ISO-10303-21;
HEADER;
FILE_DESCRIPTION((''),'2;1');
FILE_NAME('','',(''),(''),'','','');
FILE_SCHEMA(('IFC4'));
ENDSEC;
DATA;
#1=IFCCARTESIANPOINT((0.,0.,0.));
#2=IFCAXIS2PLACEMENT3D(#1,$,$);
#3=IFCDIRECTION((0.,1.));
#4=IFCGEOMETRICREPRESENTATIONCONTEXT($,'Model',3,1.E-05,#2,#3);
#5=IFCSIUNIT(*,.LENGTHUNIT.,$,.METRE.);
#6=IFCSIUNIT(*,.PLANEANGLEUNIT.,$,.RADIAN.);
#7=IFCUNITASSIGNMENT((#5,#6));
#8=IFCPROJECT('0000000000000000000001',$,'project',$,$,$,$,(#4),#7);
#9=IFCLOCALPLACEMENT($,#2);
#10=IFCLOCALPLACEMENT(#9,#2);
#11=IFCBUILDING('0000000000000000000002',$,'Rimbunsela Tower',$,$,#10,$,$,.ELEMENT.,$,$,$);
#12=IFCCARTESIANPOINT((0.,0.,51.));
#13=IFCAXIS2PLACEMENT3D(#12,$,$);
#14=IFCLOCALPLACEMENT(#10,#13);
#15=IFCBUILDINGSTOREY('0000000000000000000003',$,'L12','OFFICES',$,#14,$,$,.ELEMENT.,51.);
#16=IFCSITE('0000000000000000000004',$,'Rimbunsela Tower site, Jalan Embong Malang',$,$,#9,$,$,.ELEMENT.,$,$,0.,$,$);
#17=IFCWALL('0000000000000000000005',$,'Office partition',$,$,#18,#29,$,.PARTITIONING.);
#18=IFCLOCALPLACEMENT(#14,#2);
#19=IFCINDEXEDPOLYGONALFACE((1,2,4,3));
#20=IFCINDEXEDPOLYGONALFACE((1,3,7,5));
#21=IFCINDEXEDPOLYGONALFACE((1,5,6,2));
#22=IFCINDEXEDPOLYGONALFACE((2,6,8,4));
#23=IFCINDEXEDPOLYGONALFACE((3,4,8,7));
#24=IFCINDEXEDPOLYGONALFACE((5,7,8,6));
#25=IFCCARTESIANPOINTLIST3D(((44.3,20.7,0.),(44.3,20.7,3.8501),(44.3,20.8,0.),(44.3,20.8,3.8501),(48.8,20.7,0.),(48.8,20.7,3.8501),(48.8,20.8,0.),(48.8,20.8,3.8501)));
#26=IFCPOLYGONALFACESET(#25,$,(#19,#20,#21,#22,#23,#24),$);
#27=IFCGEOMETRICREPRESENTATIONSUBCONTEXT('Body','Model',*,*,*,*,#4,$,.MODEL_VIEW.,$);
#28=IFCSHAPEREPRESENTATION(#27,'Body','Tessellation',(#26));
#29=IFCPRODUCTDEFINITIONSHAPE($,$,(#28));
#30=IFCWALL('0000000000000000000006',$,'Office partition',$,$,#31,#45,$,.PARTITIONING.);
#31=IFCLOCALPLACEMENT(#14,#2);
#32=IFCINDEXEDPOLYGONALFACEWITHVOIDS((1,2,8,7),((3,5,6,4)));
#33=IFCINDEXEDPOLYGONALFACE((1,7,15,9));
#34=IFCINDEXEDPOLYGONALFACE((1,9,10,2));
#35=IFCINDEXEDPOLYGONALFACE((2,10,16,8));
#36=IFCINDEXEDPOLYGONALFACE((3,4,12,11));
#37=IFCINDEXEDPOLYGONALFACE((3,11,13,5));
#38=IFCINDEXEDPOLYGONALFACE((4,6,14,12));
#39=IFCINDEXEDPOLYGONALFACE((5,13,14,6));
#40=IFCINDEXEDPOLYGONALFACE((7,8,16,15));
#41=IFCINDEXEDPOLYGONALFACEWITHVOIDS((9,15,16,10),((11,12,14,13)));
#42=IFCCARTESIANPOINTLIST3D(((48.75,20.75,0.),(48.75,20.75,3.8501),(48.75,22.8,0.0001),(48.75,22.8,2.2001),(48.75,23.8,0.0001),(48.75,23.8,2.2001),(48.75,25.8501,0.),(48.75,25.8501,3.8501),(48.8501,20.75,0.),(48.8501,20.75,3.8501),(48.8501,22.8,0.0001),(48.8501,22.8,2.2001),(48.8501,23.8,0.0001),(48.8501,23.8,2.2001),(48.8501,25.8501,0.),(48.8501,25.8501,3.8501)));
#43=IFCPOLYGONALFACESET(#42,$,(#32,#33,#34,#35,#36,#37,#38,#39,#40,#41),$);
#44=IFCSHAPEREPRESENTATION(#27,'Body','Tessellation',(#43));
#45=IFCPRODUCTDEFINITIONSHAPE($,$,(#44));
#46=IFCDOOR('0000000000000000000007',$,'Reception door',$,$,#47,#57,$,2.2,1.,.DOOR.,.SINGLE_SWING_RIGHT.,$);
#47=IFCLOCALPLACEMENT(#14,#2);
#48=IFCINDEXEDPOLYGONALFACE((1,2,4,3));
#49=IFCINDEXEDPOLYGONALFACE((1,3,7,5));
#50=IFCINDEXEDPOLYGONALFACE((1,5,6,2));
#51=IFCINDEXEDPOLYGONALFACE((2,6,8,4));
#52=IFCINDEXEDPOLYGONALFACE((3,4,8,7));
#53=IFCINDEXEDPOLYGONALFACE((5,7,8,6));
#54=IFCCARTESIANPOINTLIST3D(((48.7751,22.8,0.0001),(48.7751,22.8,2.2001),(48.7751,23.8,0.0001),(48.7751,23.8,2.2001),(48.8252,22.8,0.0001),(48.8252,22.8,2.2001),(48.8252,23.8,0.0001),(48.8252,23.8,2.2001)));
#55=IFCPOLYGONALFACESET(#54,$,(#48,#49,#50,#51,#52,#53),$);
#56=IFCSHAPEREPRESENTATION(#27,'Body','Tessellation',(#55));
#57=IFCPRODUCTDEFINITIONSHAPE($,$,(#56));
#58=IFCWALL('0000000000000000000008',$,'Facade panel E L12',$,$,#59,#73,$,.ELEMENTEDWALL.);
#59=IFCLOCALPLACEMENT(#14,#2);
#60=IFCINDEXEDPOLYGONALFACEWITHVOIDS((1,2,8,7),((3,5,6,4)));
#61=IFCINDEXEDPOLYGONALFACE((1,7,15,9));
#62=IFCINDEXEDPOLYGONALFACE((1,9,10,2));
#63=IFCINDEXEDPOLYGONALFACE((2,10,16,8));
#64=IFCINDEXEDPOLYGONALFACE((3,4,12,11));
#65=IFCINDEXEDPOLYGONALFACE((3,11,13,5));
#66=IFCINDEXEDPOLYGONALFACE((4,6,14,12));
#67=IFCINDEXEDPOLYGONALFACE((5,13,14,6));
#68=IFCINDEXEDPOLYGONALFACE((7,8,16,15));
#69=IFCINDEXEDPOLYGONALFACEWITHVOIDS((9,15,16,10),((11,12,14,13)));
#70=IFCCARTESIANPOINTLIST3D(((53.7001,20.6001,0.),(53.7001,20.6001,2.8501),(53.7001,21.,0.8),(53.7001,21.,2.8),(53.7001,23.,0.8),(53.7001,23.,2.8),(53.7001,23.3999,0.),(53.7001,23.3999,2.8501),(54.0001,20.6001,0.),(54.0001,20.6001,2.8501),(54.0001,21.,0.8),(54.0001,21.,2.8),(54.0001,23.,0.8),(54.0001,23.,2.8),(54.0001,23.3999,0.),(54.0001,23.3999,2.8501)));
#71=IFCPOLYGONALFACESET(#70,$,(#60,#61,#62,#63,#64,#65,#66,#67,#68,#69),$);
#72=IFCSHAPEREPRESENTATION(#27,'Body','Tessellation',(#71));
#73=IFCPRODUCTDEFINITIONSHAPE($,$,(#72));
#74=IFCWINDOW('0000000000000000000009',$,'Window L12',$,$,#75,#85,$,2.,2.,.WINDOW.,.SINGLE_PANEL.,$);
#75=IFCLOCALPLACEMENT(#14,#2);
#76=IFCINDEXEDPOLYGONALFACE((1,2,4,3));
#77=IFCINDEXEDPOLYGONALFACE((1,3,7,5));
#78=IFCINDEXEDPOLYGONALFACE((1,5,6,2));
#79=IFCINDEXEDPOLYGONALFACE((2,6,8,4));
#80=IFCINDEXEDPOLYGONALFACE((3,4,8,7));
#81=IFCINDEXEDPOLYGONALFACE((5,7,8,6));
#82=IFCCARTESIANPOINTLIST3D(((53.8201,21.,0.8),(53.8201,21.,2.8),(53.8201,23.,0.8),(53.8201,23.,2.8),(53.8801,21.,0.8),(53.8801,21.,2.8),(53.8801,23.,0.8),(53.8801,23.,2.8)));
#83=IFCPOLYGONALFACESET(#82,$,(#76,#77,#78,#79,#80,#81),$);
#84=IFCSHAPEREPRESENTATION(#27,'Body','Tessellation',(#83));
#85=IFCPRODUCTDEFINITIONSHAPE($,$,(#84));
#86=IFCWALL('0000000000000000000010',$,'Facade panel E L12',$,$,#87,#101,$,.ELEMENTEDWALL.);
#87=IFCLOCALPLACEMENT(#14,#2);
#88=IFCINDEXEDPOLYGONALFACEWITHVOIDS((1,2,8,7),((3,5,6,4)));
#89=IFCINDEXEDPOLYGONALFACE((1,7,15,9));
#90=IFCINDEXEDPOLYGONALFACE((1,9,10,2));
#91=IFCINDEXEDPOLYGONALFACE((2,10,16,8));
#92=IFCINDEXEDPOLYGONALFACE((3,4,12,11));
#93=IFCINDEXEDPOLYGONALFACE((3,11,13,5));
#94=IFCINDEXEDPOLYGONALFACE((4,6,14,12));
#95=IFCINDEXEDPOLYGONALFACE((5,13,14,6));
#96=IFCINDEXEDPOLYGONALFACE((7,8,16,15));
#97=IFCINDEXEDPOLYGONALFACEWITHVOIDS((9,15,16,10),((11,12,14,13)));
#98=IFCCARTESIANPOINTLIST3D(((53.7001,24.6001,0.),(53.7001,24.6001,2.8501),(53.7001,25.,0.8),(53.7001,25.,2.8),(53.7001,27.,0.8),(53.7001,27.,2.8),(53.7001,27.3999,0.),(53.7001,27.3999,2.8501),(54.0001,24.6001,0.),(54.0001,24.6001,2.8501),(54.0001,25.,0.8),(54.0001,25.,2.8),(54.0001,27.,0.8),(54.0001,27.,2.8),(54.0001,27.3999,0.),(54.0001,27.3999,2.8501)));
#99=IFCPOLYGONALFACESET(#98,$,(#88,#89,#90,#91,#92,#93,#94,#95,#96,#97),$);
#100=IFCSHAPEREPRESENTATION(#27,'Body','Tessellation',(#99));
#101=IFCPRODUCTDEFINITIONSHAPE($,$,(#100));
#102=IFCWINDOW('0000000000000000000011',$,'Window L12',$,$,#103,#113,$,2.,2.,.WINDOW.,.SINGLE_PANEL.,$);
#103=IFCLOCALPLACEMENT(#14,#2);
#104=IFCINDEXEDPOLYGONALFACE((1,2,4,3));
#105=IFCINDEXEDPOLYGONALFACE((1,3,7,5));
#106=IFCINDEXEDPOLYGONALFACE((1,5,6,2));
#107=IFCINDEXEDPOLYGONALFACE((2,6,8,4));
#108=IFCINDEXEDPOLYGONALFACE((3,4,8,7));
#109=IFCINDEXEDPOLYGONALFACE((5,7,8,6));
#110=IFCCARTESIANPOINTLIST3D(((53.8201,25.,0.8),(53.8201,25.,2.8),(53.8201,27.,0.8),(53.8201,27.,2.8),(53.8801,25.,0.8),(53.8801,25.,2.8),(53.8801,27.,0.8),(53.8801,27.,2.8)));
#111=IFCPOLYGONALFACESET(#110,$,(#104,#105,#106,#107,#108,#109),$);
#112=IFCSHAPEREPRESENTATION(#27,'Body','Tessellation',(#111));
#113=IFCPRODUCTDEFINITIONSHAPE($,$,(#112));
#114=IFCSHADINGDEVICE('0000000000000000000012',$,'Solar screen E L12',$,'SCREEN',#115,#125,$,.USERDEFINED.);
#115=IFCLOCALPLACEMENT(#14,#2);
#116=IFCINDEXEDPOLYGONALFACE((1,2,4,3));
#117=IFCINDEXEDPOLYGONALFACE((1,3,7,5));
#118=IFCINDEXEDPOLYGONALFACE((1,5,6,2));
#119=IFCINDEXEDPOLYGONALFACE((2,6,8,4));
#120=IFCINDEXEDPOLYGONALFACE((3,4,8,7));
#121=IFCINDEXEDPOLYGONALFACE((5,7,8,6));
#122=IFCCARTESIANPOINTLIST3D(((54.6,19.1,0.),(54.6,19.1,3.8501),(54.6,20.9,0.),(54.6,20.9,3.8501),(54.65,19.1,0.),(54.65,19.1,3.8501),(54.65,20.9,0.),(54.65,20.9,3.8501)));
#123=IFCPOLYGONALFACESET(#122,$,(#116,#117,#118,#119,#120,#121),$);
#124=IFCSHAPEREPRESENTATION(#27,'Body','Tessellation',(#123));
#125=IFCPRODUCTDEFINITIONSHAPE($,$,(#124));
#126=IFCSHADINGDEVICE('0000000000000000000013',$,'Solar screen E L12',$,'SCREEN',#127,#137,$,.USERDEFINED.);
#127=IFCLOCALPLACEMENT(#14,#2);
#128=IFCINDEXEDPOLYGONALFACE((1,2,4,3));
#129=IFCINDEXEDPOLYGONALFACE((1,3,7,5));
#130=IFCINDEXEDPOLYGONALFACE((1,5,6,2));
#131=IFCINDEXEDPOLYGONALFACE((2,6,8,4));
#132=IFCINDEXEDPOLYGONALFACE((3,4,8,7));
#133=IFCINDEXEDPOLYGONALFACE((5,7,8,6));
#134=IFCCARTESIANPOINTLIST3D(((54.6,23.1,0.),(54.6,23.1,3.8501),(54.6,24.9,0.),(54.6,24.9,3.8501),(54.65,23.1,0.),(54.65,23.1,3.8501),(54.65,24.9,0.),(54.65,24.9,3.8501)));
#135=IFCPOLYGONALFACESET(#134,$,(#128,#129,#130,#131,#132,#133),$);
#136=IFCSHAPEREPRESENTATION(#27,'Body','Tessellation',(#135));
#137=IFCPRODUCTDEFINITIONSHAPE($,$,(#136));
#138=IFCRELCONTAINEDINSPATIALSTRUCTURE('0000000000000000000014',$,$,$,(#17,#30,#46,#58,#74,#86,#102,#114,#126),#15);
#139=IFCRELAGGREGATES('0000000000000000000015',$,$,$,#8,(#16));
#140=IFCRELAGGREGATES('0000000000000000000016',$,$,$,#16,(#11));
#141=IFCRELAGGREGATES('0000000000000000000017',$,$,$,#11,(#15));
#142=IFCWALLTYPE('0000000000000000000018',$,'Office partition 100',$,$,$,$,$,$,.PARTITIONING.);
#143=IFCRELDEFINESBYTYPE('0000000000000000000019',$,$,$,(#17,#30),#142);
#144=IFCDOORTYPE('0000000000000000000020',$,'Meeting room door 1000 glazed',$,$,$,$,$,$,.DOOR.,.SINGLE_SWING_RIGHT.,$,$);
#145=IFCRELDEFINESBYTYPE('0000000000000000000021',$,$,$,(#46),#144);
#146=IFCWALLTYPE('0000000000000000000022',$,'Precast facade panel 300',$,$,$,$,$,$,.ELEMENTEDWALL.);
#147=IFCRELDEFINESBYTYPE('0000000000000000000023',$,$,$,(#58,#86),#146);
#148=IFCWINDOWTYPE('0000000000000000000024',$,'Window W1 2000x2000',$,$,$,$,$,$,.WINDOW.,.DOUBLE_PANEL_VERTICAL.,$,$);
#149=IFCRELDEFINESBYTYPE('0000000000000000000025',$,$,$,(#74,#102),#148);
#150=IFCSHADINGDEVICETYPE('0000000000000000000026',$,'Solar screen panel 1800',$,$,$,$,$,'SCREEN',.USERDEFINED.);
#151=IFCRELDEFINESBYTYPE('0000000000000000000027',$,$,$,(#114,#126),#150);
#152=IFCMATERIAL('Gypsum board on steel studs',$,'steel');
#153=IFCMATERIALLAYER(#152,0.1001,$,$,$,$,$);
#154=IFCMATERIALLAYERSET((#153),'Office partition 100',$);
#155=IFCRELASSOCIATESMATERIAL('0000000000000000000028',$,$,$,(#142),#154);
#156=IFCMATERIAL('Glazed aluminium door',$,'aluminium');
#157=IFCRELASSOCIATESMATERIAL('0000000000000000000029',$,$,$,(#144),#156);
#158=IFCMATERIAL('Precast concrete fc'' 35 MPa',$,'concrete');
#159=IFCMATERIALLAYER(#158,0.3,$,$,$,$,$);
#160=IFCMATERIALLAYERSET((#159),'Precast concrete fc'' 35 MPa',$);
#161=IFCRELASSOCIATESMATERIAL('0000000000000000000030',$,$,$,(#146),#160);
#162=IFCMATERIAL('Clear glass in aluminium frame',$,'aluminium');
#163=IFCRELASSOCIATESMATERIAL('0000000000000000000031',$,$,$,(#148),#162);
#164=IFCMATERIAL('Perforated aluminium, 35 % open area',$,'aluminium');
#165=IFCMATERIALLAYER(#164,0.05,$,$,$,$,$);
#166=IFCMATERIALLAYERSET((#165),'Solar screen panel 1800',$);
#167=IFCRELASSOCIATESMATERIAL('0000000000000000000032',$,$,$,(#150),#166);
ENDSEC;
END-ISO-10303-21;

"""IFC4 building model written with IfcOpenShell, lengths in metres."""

from ifc_helpers import new_model, si_unit, direction, frame, frame_2d, origin, origin_2d, place, context, subcontext, project, spatial, rectangle, extrude, material, layer, layer_set, type_object, element, fill, save


model = new_model("IFC4")

# Units and contexts
model_context = context("Model", 3, precision=1e-05, world=origin(), true_north=direction((0.0, 1.0)))
body_context = subcontext(model_context, "Body", "Model", "MODEL_VIEW")
ifc_project = project(units=[si_unit("LENGTHUNIT", "METRE"), si_unit("PLANEANGLEUNIT", "RADIAN")], contexts=[model_context])

# Site, building, storey
site_placement = place(None, origin())
site = spatial("IfcSite", under=ifc_project, at=site_placement, Name="Rimbunsela Tower site, Jalan Embong Malang", CompositionType="ELEMENT", RefElevation=0.0)
building_placement = place(site_placement, origin())
building = spatial("IfcBuilding", under=site, at=building_placement, Name="Rimbunsela Tower", CompositionType="ELEMENT")
storey_placement = place(building_placement, frame((0.0, 0.0, 51.0)))
storey = spatial("IfcBuildingStorey", under=building, at=storey_placement, Name="L12", Description="OFFICES", CompositionType="ELEMENT", Elevation=51.0)

# Wall
ifc_material_1 = material(Name="Gypsum board on steel studs", Category="steel")
ifc_layer_1 = layer(ifc_material_1, 0.1001)
ifc_layer_set_1 = layer_set([ifc_layer_1], Name="Office partition 100")
wall_type_1 = type_object("IfcWallType", Name="Office partition 100", PredefinedType="PARTITIONING", material=ifc_layer_set_1)
wall_1_placement = place(storey_placement, frame((44.3, 20.75, 0.0), z_axis=(0.0, 0.0, 1.0), x_axis=(1.0, 0.0, 0.0)))
element("IfcWall", 1, at=wall_1_placement, inside=storey, type_object=wall_type_1, Name="Office partition", PredefinedType="PARTITIONING", context=body_context, shape_type="SweptSolid", body=[
    extrude(rectangle(XDim=4.5, YDim=0.1001, at=frame_2d((2.25, 0.0))), origin(), (0.0, 0.0, 1.0), 3.8501),
])

# Wall, opening, door
wall_2_placement = place(storey_placement, frame((48.8, 20.75, 0.0), z_axis=(0.0, 0.0, 1.0), x_axis=(0.0, 1.0, 0.0)))
wall_2 = element("IfcWall", 2, at=wall_2_placement, inside=storey, type_object=wall_type_1, Name="Office partition", PredefinedType="PARTITIONING", context=body_context, shape_type="SweptSolid", body=[
    extrude(rectangle(XDim=5.1001, YDim=0.1001, at=frame_2d((2.55, 0.0))), origin(), (0.0, 0.0, 1.0), 3.8501),
])
opening_1_placement = place(wall_2_placement, frame((2.05, 0.0, 0.0)))
opening_1 = element("IfcOpeningElement", 3, at=opening_1_placement, cuts=wall_2, PredefinedType="OPENING", context=body_context, shape_type="SweptSolid", body=[
    extrude(rectangle(XDim=1.0, YDim=2.2, at=frame_2d((0.5, 1.1001))), frame((0.0, 0.0601, 0.0), z_axis=(0.0, -1.0, 0.0), x_axis=(1.0, 0.0, 0.0)), (0.0, 0.0, 1.0), 0.1201),
])
ifc_material_2 = material(Name="Glazed aluminium door", Category="aluminium")
door_type = type_object("IfcDoorType", Name="Meeting room door 1000 glazed", OperationType="SINGLE_SWING_RIGHT", PredefinedType="DOOR", material=ifc_material_2)
door_placement = place(opening_1_placement, origin())
door = element("IfcDoor", 4, at=door_placement, inside=storey, type_object=door_type, Name="Reception door", OperationType="SINGLE_SWING_RIGHT", OverallHeight=2.2, OverallWidth=1.0, PredefinedType="DOOR", context=body_context, shape_type="SweptSolid", body=[
    extrude(rectangle(XDim=1.0, YDim=2.2, at=frame_2d((0.5, 1.1001))), frame((0.0, 0.0249, 0.0), z_axis=(0.0, -1.0, 0.0), x_axis=(1.0, 0.0, 0.0)), (0.0, 0.0, 1.0), 0.05),
])
fill(opening_1, door)

# Walls, openings, windows
ifc_material_3 = material(Name="Precast concrete fc' 35 MPa", Category="concrete")
ifc_layer_2 = layer(ifc_material_3, 0.3)
ifc_layer_set_2 = layer_set([ifc_layer_2], Name="Precast concrete fc' 35 MPa")
wall_type_2 = type_object("IfcWallType", Name="Precast facade panel 300", PredefinedType="ELEMENTEDWALL", material=ifc_layer_set_2)
wall_3_placement = place(storey_placement, frame((53.8501, 20.6001, 0.0), z_axis=(0.0, 0.0, 1.0), x_axis=(0.0, 1.0, 0.0)))
wall_3 = element("IfcWall", 5, at=wall_3_placement, inside=storey, type_object=wall_type_2, Name="Facade panel E L12", PredefinedType="ELEMENTEDWALL", context=body_context, shape_type="SweptSolid", body=[
    extrude(rectangle(XDim=2.7998, YDim=0.3, at=frame_2d((1.3999, 0.0))), origin(), (0.0, 0.0, 1.0), 2.8501),
])
opening_2_placement = place(wall_3_placement, frame((0.3999, 0.0, 0.8)))
opening_2 = element("IfcOpeningElement", 6, at=opening_2_placement, cuts=wall_3, PredefinedType="OPENING", context=body_context, shape_type="SweptSolid", body=[
    extrude(rectangle(XDim=2.0, YDim=2.0, at=frame_2d((1.0, 1.0))), frame((0.0, 0.1599, 0.0), z_axis=(0.0, -1.0, 0.0), x_axis=(1.0, 0.0, 0.0)), (0.0, 0.0, 1.0), 0.3201),
])
ifc_material_4 = material(Name="Clear glass in aluminium frame", Category="aluminium")
window_type = type_object("IfcWindowType", Name="Window W1 2000x2000", PartitioningType="DOUBLE_PANEL_VERTICAL", PredefinedType="WINDOW", material=ifc_material_4)
window_1_placement = place(opening_2_placement, origin())
window_1 = element("IfcWindow", 7, at=window_1_placement, inside=storey, type_object=window_type, Name="Window L12", OverallHeight=2.0, OverallWidth=2.0, PartitioningType="SINGLE_PANEL", PredefinedType="WINDOW", context=body_context, shape_type="SweptSolid", body=[
    extrude(rectangle(XDim=2.0, YDim=2.0, at=frame_2d((1.0, 1.0))), frame((0.0, 0.03, 0.0), z_axis=(0.0, -1.0, 0.0), x_axis=(1.0, 0.0, 0.0)), (0.0, 0.0, 1.0), 0.0601),
])
fill(opening_2, window_1)
wall_4_placement = place(storey_placement, frame((53.8501, 24.6001, 0.0), z_axis=(0.0, 0.0, 1.0), x_axis=(0.0, 1.0, 0.0)))
wall_4 = element("IfcWall", 8, at=wall_4_placement, inside=storey, type_object=wall_type_2, Name="Facade panel E L12", PredefinedType="ELEMENTEDWALL", context=body_context, shape_type="SweptSolid", body=[
    extrude(rectangle(XDim=2.7998, YDim=0.3, at=frame_2d((1.3999, 0.0))), origin(), (0.0, 0.0, 1.0), 2.8501),
])
opening_3_placement = place(wall_4_placement, frame((0.3999, 0.0, 0.8)))
opening_3 = element("IfcOpeningElement", 9, at=opening_3_placement, cuts=wall_4, PredefinedType="OPENING", context=body_context, shape_type="SweptSolid", body=[
    extrude(rectangle(XDim=2.0, YDim=2.0, at=frame_2d((1.0, 1.0))), frame((0.0, 0.1599, 0.0), z_axis=(0.0, -1.0, 0.0), x_axis=(1.0, 0.0, 0.0)), (0.0, 0.0, 1.0), 0.3201),
])
window_2_placement = place(opening_3_placement, origin())
window_2 = element("IfcWindow", 10, at=window_2_placement, inside=storey, type_object=window_type, Name="Window L12", OverallHeight=2.0, OverallWidth=2.0, PartitioningType="SINGLE_PANEL", PredefinedType="WINDOW", context=body_context, shape_type="SweptSolid", body=[
    extrude(rectangle(XDim=2.0, YDim=2.0, at=frame_2d((1.0, 1.0))), frame((0.0, 0.03, 0.0), z_axis=(0.0, -1.0, 0.0), x_axis=(1.0, 0.0, 0.0)), (0.0, 0.0, 1.0), 0.0601),
])
fill(opening_3, window_2)

# Shading devices
ifc_material_5 = material(Name="Perforated aluminium, 35 % open area", Category="aluminium")
ifc_layer_3 = layer(ifc_material_5, 0.05)
ifc_layer_set_3 = layer_set([ifc_layer_3], Name="Solar screen panel 1800")
shading_device_type = type_object("IfcShadingDeviceType", Name="Solar screen panel 1800", ElementType="SCREEN", PredefinedType="USERDEFINED", material=ifc_layer_set_3)
for number, where, z_axis, x_axis, name in (
    (11, (54.625, 20.0, 0.0), (0.0, 0.0, 1.0), (0.0, 1.0, 0.0), "Solar screen E L12"),
    (12, (54.625, 24.0, 0.0), (0.0, 0.0, 1.0), (0.0, 1.0, 0.0), "Solar screen E L12"),
):
    element("IfcShadingDevice", number, at=place(storey_placement, frame(where, z_axis=z_axis, x_axis=x_axis)), inside=storey, type_object=shading_device_type, Name=name, ObjectType="SCREEN", PredefinedType="USERDEFINED", context=body_context, shape_type="SweptSolid", body=[
        extrude(rectangle(XDim=1.8, YDim=0.05, at=origin_2d()), origin(), (0.0, 0.0, 1.0), 3.8501),
    ])

save(model, "model.ifc")
